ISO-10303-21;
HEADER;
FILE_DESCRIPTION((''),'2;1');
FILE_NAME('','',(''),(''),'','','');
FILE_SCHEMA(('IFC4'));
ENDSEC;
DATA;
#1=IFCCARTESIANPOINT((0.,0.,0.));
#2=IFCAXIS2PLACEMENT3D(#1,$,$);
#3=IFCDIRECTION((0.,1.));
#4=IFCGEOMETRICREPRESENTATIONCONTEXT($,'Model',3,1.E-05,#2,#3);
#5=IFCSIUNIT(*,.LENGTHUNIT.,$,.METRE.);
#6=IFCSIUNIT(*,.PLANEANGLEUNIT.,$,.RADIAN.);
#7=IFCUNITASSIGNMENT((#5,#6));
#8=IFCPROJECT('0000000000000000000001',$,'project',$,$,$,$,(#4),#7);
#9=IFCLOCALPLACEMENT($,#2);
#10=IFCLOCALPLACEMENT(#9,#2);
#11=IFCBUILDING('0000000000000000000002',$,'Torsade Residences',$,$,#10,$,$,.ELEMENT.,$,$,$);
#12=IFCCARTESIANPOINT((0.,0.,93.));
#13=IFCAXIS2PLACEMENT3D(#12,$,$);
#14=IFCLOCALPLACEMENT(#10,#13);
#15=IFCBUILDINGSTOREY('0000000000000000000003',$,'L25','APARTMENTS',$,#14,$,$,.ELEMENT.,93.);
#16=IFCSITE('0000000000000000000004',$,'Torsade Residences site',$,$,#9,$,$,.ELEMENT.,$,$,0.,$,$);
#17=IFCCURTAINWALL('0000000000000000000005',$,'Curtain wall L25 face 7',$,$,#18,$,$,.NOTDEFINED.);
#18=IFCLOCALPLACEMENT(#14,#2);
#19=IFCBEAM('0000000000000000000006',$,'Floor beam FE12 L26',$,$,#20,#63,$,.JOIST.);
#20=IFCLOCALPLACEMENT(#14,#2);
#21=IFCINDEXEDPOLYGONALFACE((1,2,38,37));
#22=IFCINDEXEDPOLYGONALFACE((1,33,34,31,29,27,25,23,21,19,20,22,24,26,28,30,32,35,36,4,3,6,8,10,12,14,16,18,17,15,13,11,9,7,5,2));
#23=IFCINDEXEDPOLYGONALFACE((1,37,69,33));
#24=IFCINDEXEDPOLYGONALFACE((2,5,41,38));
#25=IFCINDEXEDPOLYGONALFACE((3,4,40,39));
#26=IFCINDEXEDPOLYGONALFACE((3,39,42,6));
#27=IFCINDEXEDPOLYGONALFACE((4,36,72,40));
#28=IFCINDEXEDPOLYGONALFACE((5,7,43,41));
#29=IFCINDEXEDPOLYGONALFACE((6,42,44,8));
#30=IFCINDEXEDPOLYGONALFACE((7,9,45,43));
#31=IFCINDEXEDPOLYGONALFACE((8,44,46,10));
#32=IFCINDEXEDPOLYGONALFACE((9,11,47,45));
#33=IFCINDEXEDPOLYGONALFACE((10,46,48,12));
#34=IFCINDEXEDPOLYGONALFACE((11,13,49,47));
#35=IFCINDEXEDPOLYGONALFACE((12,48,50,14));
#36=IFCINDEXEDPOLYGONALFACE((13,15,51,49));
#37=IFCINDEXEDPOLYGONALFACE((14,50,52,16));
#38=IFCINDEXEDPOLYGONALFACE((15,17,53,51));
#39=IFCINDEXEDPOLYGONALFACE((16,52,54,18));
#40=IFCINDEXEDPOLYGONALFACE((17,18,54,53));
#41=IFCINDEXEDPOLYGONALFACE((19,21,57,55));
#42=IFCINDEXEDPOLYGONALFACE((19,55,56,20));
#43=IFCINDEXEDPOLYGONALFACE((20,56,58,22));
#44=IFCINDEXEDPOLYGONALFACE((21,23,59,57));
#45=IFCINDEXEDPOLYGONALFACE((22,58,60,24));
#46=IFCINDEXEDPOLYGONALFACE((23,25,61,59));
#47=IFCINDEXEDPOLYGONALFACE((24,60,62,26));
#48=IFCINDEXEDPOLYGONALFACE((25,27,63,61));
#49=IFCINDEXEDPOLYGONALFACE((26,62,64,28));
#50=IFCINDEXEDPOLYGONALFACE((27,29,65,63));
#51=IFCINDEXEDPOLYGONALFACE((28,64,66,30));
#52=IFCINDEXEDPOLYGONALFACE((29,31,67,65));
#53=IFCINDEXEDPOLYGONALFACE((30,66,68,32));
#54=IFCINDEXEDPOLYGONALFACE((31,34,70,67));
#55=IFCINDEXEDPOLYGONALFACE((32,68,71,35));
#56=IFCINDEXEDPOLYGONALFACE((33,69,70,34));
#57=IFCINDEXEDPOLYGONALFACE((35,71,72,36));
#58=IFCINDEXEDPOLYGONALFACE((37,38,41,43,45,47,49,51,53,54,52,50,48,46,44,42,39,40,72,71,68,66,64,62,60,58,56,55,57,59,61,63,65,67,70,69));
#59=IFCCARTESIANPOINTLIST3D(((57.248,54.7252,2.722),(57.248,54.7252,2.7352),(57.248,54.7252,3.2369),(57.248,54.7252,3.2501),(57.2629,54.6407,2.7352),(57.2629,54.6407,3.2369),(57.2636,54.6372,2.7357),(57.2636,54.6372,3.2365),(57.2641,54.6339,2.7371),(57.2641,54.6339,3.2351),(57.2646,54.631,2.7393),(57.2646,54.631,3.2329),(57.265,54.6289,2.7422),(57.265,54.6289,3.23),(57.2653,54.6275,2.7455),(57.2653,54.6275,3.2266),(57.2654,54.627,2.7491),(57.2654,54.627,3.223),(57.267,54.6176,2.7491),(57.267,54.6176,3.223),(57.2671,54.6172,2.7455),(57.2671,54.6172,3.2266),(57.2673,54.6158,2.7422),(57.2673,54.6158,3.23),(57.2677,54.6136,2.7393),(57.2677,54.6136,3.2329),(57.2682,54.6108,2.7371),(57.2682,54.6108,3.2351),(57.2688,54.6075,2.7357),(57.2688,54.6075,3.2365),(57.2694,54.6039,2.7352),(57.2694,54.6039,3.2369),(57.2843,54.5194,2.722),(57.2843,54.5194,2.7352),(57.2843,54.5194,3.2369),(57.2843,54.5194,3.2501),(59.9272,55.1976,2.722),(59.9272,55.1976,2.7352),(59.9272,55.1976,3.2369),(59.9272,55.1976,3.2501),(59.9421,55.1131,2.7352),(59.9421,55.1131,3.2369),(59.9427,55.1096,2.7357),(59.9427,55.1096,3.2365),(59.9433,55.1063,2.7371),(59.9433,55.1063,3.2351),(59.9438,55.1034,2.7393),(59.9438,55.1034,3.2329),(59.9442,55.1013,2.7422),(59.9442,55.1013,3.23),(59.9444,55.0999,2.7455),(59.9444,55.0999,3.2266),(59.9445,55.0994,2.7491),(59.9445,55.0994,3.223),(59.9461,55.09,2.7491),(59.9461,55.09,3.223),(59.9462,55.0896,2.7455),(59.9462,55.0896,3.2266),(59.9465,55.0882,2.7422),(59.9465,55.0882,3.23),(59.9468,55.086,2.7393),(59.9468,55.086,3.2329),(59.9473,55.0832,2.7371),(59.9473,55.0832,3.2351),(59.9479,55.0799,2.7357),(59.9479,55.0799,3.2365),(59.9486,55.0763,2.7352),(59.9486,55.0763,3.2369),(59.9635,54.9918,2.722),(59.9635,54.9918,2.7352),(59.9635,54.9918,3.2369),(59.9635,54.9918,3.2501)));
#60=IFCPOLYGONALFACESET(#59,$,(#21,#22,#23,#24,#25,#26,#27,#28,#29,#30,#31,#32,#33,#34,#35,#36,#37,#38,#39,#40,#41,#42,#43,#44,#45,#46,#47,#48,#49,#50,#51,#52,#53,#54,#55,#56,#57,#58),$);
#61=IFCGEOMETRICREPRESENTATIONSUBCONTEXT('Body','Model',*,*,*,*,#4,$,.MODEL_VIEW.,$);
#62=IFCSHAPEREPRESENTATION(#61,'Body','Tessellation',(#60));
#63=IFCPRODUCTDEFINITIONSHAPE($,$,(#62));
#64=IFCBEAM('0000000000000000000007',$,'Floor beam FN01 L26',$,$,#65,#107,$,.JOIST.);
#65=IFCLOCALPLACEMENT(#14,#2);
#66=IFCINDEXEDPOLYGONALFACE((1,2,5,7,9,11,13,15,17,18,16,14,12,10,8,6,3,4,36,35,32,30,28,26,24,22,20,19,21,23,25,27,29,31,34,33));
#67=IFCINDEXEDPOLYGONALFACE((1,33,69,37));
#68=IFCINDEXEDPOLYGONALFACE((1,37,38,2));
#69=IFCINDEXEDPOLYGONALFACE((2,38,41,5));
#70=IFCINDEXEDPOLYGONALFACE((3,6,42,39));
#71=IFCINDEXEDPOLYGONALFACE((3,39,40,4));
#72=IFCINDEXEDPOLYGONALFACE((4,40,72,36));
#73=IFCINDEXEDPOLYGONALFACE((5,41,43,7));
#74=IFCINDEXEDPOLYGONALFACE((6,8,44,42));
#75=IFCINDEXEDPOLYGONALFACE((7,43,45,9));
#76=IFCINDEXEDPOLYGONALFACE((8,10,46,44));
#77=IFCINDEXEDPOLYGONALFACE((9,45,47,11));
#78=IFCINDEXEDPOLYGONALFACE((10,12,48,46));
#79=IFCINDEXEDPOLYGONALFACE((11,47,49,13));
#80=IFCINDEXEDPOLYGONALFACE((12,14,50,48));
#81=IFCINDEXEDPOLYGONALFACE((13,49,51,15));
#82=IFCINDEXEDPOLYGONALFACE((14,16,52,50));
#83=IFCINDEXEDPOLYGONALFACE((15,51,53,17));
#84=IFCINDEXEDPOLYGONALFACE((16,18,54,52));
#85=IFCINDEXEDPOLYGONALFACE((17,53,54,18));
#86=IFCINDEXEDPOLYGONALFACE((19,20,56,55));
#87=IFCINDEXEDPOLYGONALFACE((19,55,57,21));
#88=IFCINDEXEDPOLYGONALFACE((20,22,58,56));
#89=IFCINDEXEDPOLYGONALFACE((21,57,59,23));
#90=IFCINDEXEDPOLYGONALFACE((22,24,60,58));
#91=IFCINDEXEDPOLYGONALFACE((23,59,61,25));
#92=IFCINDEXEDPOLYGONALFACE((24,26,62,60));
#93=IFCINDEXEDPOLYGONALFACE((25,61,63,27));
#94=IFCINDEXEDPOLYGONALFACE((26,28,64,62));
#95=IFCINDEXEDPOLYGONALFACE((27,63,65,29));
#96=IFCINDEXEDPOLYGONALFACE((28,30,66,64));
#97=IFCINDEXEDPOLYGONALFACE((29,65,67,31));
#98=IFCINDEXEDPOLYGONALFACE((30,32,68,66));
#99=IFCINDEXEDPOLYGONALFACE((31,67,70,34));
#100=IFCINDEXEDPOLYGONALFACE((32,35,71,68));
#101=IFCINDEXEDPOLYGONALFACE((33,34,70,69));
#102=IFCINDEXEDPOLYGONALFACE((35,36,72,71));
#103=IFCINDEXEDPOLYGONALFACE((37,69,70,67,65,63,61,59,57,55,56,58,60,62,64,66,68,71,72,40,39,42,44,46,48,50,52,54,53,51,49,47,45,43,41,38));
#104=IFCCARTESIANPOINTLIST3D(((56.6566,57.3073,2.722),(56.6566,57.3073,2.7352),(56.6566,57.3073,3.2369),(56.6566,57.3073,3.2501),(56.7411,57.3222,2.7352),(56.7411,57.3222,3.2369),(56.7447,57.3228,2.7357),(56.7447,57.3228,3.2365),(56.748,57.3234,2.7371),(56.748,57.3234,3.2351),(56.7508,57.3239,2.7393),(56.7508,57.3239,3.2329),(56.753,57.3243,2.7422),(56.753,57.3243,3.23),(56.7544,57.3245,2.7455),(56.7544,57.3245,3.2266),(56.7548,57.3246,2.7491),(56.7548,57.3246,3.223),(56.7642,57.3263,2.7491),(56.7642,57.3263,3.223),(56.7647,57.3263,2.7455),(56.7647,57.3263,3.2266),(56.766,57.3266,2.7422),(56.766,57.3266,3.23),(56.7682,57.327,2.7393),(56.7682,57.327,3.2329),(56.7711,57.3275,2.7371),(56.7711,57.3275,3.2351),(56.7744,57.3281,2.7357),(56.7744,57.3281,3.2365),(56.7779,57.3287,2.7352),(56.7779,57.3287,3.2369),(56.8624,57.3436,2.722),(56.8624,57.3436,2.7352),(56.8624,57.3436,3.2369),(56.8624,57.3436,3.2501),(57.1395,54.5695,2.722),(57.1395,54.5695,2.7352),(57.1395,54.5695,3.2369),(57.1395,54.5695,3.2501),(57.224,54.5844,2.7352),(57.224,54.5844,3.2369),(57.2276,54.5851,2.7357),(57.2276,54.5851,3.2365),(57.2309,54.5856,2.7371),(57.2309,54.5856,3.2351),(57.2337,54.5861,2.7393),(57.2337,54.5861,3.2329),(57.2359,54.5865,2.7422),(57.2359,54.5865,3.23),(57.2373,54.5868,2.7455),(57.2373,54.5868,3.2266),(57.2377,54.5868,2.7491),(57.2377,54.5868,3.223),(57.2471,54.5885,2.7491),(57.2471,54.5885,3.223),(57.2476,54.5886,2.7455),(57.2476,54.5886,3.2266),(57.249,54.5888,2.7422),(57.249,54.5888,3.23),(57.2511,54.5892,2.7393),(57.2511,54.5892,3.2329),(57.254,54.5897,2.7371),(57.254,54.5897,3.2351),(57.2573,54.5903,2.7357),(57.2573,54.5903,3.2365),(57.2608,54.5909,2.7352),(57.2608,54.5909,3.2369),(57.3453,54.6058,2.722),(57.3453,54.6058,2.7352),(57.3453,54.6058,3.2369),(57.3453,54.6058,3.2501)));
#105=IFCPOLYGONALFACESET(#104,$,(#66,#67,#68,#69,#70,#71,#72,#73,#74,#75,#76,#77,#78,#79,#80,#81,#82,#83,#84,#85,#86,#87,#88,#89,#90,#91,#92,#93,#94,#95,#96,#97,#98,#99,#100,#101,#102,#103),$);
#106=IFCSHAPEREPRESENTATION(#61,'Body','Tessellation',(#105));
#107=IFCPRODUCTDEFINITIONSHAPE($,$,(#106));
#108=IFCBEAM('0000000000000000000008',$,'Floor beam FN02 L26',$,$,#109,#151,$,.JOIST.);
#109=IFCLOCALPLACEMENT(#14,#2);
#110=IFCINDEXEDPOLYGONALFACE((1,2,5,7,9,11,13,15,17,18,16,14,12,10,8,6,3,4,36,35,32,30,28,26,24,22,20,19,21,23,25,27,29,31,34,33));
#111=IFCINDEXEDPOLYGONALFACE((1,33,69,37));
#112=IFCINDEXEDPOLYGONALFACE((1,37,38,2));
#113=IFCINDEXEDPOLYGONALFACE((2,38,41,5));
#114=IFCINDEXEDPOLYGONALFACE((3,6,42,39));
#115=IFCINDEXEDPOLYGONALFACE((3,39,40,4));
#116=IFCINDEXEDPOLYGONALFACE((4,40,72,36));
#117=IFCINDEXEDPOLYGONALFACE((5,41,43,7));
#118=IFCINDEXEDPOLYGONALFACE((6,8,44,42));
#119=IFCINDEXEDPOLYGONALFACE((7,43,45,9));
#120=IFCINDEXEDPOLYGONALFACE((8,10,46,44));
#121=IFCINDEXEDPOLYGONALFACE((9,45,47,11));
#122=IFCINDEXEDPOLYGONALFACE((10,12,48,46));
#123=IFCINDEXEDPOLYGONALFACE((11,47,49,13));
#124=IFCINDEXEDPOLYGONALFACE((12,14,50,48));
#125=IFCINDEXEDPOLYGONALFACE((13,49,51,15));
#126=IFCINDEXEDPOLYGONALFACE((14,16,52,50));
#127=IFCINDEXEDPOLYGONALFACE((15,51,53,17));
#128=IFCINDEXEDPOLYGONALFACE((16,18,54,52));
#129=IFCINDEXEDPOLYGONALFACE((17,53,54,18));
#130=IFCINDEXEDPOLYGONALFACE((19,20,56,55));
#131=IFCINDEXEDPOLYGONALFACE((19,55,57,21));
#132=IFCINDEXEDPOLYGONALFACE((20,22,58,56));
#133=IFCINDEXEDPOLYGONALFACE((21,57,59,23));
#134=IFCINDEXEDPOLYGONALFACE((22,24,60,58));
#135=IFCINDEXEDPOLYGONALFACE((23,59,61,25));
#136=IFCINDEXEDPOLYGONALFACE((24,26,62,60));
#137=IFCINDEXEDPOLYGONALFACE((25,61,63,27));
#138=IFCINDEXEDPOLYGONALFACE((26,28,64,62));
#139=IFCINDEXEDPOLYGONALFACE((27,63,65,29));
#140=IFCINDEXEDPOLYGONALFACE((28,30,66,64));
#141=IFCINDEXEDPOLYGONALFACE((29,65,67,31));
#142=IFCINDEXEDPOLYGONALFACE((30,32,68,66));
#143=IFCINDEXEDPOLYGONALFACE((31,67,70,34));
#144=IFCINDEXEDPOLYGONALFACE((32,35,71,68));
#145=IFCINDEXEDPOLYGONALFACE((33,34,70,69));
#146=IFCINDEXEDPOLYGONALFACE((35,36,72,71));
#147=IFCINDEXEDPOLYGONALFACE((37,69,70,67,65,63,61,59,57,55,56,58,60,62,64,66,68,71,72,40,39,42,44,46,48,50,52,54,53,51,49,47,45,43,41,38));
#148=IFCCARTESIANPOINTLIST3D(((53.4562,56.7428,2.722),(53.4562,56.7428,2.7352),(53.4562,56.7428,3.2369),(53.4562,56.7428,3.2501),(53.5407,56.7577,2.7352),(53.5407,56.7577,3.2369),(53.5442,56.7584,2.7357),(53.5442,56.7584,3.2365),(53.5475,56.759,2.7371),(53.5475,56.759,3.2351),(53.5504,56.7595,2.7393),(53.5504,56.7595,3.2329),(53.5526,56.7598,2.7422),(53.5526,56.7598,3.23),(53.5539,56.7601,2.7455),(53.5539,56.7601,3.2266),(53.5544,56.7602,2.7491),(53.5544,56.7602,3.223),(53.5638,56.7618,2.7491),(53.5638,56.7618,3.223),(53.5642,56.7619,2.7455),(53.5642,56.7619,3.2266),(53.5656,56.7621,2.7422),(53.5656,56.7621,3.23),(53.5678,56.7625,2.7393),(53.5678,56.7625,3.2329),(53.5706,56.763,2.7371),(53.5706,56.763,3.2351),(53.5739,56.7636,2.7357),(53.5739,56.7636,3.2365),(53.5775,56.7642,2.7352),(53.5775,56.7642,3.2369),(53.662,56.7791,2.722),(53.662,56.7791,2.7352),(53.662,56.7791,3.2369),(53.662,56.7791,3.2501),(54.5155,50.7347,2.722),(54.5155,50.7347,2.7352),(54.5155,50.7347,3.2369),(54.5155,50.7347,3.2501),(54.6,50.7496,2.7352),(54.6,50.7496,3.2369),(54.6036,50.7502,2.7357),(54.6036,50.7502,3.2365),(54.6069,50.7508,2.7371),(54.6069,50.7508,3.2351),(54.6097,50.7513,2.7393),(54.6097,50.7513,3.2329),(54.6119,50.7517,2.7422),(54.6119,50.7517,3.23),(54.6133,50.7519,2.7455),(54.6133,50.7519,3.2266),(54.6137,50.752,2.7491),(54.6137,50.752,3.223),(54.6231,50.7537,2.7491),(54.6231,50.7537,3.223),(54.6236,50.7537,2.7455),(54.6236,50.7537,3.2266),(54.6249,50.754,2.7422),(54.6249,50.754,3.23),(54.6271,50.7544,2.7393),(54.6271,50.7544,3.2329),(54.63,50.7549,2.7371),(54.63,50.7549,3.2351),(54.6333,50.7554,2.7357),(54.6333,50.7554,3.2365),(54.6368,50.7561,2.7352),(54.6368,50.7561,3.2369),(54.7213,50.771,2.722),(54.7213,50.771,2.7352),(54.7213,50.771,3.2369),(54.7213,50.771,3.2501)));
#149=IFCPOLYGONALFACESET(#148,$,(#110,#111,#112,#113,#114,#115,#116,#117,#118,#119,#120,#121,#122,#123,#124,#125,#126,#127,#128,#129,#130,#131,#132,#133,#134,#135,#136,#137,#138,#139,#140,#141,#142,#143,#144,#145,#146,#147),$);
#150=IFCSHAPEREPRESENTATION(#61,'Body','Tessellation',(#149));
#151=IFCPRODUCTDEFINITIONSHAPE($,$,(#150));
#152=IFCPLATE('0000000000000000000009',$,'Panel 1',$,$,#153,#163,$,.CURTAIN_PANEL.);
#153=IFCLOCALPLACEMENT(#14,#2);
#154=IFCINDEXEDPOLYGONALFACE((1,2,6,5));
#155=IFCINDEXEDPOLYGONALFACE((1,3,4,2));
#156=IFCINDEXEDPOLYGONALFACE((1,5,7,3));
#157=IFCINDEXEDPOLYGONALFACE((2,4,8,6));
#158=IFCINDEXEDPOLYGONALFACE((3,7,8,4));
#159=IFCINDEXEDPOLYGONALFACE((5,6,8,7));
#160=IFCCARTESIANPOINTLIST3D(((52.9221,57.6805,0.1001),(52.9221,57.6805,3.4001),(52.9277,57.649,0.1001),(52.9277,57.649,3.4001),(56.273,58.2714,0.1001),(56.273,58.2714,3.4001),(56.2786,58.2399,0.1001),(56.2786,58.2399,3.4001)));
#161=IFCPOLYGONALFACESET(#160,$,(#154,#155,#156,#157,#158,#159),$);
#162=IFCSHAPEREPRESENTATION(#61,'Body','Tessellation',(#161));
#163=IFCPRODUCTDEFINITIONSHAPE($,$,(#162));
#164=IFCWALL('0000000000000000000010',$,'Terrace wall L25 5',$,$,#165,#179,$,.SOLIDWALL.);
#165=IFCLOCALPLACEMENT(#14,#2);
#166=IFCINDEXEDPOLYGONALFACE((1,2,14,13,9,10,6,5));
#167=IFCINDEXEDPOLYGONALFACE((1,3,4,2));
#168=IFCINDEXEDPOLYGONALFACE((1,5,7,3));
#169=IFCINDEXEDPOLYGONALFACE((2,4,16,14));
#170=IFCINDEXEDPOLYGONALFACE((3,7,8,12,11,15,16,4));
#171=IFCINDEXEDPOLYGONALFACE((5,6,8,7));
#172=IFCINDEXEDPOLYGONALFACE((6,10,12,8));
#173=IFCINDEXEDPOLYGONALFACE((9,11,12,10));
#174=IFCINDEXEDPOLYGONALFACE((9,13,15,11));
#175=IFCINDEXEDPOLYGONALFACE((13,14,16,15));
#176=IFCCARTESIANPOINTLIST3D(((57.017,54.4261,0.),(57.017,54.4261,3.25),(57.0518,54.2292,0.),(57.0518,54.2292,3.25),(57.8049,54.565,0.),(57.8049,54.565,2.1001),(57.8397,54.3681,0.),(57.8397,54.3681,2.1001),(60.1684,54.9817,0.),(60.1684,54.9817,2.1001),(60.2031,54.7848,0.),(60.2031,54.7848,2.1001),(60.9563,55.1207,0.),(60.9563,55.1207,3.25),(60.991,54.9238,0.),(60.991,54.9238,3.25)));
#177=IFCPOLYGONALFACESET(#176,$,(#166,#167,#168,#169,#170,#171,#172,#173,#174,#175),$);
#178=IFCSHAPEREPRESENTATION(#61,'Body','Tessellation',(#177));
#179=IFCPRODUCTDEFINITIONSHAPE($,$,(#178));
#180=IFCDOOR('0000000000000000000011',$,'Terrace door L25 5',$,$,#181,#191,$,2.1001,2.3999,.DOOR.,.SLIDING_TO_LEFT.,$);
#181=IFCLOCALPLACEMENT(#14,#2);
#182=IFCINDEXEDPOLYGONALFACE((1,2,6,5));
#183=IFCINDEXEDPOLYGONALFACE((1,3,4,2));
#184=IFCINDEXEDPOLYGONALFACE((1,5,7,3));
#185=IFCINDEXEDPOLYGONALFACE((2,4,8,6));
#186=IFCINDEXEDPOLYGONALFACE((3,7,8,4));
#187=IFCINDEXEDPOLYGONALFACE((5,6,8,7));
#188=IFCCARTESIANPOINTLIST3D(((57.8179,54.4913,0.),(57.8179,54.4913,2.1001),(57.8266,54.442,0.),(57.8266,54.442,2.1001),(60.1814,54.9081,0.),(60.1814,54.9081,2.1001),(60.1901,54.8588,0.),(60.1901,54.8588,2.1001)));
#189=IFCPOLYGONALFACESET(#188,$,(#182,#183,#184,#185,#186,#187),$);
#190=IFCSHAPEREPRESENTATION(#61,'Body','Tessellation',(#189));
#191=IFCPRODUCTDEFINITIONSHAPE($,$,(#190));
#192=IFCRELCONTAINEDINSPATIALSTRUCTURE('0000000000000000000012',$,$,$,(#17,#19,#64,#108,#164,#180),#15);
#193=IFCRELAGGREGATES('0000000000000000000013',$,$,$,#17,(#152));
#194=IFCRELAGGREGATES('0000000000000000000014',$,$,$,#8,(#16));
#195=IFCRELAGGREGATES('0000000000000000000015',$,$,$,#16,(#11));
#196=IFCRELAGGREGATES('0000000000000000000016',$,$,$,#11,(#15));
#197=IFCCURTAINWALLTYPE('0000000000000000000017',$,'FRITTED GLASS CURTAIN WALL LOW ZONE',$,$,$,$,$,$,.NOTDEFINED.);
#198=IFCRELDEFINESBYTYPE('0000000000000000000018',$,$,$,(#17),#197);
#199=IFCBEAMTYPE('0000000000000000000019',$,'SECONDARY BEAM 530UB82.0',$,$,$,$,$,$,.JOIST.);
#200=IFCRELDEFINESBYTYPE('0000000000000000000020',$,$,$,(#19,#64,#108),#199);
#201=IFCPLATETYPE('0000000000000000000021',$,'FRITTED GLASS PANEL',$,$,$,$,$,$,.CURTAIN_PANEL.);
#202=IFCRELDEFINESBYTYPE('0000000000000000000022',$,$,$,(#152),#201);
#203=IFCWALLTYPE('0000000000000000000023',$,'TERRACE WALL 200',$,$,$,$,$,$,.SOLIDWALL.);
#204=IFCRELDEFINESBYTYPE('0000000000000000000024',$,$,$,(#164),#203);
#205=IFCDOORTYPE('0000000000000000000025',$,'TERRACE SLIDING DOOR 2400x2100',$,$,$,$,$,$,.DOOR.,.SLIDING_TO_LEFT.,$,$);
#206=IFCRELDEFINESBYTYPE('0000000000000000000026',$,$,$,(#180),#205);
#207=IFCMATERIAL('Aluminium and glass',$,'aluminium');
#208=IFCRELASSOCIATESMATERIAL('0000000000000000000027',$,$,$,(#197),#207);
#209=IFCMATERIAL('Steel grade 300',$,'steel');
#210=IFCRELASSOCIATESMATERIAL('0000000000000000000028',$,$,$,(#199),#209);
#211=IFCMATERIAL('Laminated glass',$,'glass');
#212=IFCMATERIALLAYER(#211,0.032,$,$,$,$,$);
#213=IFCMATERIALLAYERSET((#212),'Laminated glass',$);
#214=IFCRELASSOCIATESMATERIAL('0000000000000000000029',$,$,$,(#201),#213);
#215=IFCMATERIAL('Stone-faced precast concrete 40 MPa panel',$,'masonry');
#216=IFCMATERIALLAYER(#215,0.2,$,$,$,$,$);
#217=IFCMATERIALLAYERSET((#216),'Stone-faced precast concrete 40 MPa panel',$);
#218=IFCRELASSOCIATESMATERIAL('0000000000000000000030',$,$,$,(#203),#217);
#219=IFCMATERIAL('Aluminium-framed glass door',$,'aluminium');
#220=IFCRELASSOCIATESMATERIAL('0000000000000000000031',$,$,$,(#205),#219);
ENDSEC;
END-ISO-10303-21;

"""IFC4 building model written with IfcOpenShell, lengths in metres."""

from ifc_helpers import new_model, si_unit, direction, frame, frame_2d, origin, origin_2d, place, context, subcontext, project, spatial, rectangle, i_section, extrude, material, layer, layer_set, material_profile, profile_set, type_object, element, fill, aggregate, save


model = new_model("IFC4")

# Units and contexts
model_context = context("Model", 3, precision=1e-05, world=origin(), true_north=direction((0.0, 1.0)))
body_context = subcontext(model_context, "Body", "Model", "MODEL_VIEW")
ifc_project = project(units=[si_unit("LENGTHUNIT", "METRE"), si_unit("PLANEANGLEUNIT", "RADIAN")], contexts=[model_context])

# Site, building, storey
site_placement = place(None, origin())
site = spatial("IfcSite", under=ifc_project, at=site_placement, Name="Torsade Residences site", CompositionType="ELEMENT", RefElevation=0.0)
building_placement = place(site_placement, origin())
building = spatial("IfcBuilding", under=site, at=building_placement, Name="Torsade Residences", CompositionType="ELEMENT")
storey_placement = place(building_placement, frame((0.0, 0.0, 93.0)))
storey = spatial("IfcBuildingStorey", under=building, at=storey_placement, Name="L25", Description="APARTMENTS", CompositionType="ELEMENT", Elevation=93.0)

# Shared definitions
ifc_material_1 = material(Name="Aluminium and glass", Category="aluminium")
curtain_wall_type = type_object("IfcCurtainWallType", Name="FRITTED GLASS CURTAIN WALL LOW ZONE", PredefinedType="NOTDEFINED", material=ifc_material_1)

# Curtain wall
curtain_wall_1_placement = place(storey_placement, origin())
curtain_wall_1 = element("IfcCurtainWall", 1, at=curtain_wall_1_placement, inside=storey, type_object=curtain_wall_type, Name="Curtain wall L25 face 7", PredefinedType="NOTDEFINED")

# Beams
ifc_material_2 = material(Name="Steel grade 300", Category="steel")
ifc_material_profile_1 = material_profile(ifc_material_2, i_section(OverallWidth=0.209, OverallDepth=0.5281, WebThickness=0.0095, FlangeThickness=0.0132, FilletRadius=0.0139, at=origin_2d()), Name="530UB82.0")
ifc_profile_set_1 = profile_set([ifc_material_profile_1], Name="Steel grade 300")
beam_type_1 = type_object("IfcBeamType", Name="SECONDARY BEAM 530UB82.0", PredefinedType="JOIST", material=ifc_profile_set_1)
beam_1_placement = place(storey_placement, frame((59.9453, 55.0947, 2.9861), z_axis=(-0.984808, -0.173647, 0.0), x_axis=(0.173647, -0.984808, 0.0)))
element("IfcBeam", 2, at=beam_1_placement, inside=storey, type_object=beam_type_1, Name="Floor beam FE12 L26", PredefinedType="JOIST", context=body_context, shape_type="SweptSolid", body=[
    extrude(i_section(OverallWidth=0.209, OverallDepth=0.5281, WebThickness=0.0095, FlangeThickness=0.0132, FilletRadius=0.0139, at=origin_2d()), origin(), (0.0, 0.0, 1.0), 2.7205),
])
beam_2_placement = place(storey_placement, frame((56.7595, 57.3254, 2.9861), z_axis=(0.173705, -0.984798, 0.0), x_axis=(0.984798, 0.173705, 0.0)))
element("IfcBeam", 3, at=beam_2_placement, inside=storey, type_object=beam_type_1, Name="Floor beam FN01 L26", PredefinedType="JOIST", context=body_context, shape_type="SweptSolid", body=[
    extrude(i_section(OverallWidth=0.209, OverallDepth=0.5281, WebThickness=0.0095, FlangeThickness=0.0132, FilletRadius=0.0139, at=origin_2d()), origin(), (0.0, 0.0, 1.0), 2.78),
])
beam_3_placement = place(storey_placement, frame((53.5591, 56.761, 2.9861), z_axis=(0.173639, -0.984809, 0.0), x_axis=(0.984809, 0.173639, 0.0)))
element("IfcBeam", 4, at=beam_3_placement, inside=storey, type_object=beam_type_1, Name="Floor beam FN02 L26", PredefinedType="JOIST", context=body_context, shape_type="SweptSolid", body=[
    extrude(i_section(OverallWidth=0.209, OverallDepth=0.5281, WebThickness=0.0095, FlangeThickness=0.0132, FilletRadius=0.0139, at=origin_2d()), origin(), (0.0, 0.0, 1.0), 6.1008),
])

# Plate
ifc_material_3 = material(Name="Laminated glass", Category="glass")
ifc_layer_1 = layer(ifc_material_3, 0.032)
ifc_layer_set_1 = layer_set([ifc_layer_1], Name="Laminated glass")
plate_type = type_object("IfcPlateType", Name="FRITTED GLASS PANEL", PredefinedType="CURTAIN_PANEL", material=ifc_layer_set_1)
plate_placement = place(storey_placement, frame((54.6003, 57.9602, 0.1001), z_axis=(0.0, 0.0, 1.0), x_axis=(-0.984808, -0.173648, 0.0)))
plate = element("IfcPlate", 5, at=plate_placement, type_object=plate_type, Name="Panel 1", PredefinedType="CURTAIN_PANEL", context=body_context, shape_type="SweptSolid", body=[
    extrude(rectangle(XDim=3.4026, YDim=0.032, at=origin_2d()), origin(), (0.0, 0.0, 1.0), 3.3),
])
aggregate(curtain_wall_1, [plate])

# Wall, opening, door
ifc_material_4 = material(Name="Stone-faced precast concrete 40 MPa panel", Category="masonry")
ifc_layer_2 = layer(ifc_material_4, 0.2)
ifc_layer_set_2 = layer_set([ifc_layer_2], Name="Stone-faced precast concrete 40 MPa panel")
wall_type = type_object("IfcWallType", Name="TERRACE WALL 200", PredefinedType="SOLIDWALL", material=ifc_layer_set_2)
wall_1_placement = place(storey_placement, frame((60.9736, 55.0222, 0.0), z_axis=(0.0, 0.0, 1.0), x_axis=(-0.984808, -0.173646, 0.0)))
wall_1 = element("IfcWall", 6, at=wall_1_placement, inside=storey, type_object=wall_type, Name="Terrace wall L25 5", PredefinedType="SOLIDWALL", context=body_context, shape_type="SweptSolid", body=[
    extrude(rectangle(XDim=4.0, YDim=0.2, at=frame_2d((2.0, 0.0))), origin(), (0.0, 0.0, 1.0), 3.25),
])
opening_1_placement = place(wall_1_placement, frame((0.8, 0.0, 0.0)))
opening_1 = element("IfcOpeningElement", 7, at=opening_1_placement, cuts=wall_1, PredefinedType="OPENING", context=body_context, shape_type="SweptSolid", body=[
    extrude(rectangle(XDim=2.3999, YDim=2.1001, at=frame_2d((1.2, 1.05))), frame((0.0, 0.1099, 0.0), z_axis=(0.0, -1.0, 0.0), x_axis=(1.0, 0.0, 0.0)), (0.0, 0.0, 1.0), 0.22),
])
ifc_material_5 = material(Name="Aluminium-framed glass door", Category="aluminium")
door_type = type_object("IfcDoorType", Name="TERRACE SLIDING DOOR 2400x2100", OperationType="SLIDING_TO_LEFT", PredefinedType="DOOR", material=ifc_material_5)
door_placement = place(opening_1_placement, origin())
door = element("IfcDoor", 8, at=door_placement, inside=storey, type_object=door_type, Name="Terrace door L25 5", OperationType="SLIDING_TO_LEFT", OverallHeight=2.1001, OverallWidth=2.3999, PredefinedType="DOOR", context=body_context, shape_type="SweptSolid", body=[
    extrude(rectangle(XDim=2.3999, YDim=2.1001, at=frame_2d((1.2, 1.05))), frame((0.0, 0.0249, 0.0), z_axis=(0.0, -1.0, 0.0), x_axis=(1.0, 0.0, 0.0)), (0.0, 0.0, 1.0), 0.05),
])
fill(opening_1, door)

save(model, "model.ifc")
